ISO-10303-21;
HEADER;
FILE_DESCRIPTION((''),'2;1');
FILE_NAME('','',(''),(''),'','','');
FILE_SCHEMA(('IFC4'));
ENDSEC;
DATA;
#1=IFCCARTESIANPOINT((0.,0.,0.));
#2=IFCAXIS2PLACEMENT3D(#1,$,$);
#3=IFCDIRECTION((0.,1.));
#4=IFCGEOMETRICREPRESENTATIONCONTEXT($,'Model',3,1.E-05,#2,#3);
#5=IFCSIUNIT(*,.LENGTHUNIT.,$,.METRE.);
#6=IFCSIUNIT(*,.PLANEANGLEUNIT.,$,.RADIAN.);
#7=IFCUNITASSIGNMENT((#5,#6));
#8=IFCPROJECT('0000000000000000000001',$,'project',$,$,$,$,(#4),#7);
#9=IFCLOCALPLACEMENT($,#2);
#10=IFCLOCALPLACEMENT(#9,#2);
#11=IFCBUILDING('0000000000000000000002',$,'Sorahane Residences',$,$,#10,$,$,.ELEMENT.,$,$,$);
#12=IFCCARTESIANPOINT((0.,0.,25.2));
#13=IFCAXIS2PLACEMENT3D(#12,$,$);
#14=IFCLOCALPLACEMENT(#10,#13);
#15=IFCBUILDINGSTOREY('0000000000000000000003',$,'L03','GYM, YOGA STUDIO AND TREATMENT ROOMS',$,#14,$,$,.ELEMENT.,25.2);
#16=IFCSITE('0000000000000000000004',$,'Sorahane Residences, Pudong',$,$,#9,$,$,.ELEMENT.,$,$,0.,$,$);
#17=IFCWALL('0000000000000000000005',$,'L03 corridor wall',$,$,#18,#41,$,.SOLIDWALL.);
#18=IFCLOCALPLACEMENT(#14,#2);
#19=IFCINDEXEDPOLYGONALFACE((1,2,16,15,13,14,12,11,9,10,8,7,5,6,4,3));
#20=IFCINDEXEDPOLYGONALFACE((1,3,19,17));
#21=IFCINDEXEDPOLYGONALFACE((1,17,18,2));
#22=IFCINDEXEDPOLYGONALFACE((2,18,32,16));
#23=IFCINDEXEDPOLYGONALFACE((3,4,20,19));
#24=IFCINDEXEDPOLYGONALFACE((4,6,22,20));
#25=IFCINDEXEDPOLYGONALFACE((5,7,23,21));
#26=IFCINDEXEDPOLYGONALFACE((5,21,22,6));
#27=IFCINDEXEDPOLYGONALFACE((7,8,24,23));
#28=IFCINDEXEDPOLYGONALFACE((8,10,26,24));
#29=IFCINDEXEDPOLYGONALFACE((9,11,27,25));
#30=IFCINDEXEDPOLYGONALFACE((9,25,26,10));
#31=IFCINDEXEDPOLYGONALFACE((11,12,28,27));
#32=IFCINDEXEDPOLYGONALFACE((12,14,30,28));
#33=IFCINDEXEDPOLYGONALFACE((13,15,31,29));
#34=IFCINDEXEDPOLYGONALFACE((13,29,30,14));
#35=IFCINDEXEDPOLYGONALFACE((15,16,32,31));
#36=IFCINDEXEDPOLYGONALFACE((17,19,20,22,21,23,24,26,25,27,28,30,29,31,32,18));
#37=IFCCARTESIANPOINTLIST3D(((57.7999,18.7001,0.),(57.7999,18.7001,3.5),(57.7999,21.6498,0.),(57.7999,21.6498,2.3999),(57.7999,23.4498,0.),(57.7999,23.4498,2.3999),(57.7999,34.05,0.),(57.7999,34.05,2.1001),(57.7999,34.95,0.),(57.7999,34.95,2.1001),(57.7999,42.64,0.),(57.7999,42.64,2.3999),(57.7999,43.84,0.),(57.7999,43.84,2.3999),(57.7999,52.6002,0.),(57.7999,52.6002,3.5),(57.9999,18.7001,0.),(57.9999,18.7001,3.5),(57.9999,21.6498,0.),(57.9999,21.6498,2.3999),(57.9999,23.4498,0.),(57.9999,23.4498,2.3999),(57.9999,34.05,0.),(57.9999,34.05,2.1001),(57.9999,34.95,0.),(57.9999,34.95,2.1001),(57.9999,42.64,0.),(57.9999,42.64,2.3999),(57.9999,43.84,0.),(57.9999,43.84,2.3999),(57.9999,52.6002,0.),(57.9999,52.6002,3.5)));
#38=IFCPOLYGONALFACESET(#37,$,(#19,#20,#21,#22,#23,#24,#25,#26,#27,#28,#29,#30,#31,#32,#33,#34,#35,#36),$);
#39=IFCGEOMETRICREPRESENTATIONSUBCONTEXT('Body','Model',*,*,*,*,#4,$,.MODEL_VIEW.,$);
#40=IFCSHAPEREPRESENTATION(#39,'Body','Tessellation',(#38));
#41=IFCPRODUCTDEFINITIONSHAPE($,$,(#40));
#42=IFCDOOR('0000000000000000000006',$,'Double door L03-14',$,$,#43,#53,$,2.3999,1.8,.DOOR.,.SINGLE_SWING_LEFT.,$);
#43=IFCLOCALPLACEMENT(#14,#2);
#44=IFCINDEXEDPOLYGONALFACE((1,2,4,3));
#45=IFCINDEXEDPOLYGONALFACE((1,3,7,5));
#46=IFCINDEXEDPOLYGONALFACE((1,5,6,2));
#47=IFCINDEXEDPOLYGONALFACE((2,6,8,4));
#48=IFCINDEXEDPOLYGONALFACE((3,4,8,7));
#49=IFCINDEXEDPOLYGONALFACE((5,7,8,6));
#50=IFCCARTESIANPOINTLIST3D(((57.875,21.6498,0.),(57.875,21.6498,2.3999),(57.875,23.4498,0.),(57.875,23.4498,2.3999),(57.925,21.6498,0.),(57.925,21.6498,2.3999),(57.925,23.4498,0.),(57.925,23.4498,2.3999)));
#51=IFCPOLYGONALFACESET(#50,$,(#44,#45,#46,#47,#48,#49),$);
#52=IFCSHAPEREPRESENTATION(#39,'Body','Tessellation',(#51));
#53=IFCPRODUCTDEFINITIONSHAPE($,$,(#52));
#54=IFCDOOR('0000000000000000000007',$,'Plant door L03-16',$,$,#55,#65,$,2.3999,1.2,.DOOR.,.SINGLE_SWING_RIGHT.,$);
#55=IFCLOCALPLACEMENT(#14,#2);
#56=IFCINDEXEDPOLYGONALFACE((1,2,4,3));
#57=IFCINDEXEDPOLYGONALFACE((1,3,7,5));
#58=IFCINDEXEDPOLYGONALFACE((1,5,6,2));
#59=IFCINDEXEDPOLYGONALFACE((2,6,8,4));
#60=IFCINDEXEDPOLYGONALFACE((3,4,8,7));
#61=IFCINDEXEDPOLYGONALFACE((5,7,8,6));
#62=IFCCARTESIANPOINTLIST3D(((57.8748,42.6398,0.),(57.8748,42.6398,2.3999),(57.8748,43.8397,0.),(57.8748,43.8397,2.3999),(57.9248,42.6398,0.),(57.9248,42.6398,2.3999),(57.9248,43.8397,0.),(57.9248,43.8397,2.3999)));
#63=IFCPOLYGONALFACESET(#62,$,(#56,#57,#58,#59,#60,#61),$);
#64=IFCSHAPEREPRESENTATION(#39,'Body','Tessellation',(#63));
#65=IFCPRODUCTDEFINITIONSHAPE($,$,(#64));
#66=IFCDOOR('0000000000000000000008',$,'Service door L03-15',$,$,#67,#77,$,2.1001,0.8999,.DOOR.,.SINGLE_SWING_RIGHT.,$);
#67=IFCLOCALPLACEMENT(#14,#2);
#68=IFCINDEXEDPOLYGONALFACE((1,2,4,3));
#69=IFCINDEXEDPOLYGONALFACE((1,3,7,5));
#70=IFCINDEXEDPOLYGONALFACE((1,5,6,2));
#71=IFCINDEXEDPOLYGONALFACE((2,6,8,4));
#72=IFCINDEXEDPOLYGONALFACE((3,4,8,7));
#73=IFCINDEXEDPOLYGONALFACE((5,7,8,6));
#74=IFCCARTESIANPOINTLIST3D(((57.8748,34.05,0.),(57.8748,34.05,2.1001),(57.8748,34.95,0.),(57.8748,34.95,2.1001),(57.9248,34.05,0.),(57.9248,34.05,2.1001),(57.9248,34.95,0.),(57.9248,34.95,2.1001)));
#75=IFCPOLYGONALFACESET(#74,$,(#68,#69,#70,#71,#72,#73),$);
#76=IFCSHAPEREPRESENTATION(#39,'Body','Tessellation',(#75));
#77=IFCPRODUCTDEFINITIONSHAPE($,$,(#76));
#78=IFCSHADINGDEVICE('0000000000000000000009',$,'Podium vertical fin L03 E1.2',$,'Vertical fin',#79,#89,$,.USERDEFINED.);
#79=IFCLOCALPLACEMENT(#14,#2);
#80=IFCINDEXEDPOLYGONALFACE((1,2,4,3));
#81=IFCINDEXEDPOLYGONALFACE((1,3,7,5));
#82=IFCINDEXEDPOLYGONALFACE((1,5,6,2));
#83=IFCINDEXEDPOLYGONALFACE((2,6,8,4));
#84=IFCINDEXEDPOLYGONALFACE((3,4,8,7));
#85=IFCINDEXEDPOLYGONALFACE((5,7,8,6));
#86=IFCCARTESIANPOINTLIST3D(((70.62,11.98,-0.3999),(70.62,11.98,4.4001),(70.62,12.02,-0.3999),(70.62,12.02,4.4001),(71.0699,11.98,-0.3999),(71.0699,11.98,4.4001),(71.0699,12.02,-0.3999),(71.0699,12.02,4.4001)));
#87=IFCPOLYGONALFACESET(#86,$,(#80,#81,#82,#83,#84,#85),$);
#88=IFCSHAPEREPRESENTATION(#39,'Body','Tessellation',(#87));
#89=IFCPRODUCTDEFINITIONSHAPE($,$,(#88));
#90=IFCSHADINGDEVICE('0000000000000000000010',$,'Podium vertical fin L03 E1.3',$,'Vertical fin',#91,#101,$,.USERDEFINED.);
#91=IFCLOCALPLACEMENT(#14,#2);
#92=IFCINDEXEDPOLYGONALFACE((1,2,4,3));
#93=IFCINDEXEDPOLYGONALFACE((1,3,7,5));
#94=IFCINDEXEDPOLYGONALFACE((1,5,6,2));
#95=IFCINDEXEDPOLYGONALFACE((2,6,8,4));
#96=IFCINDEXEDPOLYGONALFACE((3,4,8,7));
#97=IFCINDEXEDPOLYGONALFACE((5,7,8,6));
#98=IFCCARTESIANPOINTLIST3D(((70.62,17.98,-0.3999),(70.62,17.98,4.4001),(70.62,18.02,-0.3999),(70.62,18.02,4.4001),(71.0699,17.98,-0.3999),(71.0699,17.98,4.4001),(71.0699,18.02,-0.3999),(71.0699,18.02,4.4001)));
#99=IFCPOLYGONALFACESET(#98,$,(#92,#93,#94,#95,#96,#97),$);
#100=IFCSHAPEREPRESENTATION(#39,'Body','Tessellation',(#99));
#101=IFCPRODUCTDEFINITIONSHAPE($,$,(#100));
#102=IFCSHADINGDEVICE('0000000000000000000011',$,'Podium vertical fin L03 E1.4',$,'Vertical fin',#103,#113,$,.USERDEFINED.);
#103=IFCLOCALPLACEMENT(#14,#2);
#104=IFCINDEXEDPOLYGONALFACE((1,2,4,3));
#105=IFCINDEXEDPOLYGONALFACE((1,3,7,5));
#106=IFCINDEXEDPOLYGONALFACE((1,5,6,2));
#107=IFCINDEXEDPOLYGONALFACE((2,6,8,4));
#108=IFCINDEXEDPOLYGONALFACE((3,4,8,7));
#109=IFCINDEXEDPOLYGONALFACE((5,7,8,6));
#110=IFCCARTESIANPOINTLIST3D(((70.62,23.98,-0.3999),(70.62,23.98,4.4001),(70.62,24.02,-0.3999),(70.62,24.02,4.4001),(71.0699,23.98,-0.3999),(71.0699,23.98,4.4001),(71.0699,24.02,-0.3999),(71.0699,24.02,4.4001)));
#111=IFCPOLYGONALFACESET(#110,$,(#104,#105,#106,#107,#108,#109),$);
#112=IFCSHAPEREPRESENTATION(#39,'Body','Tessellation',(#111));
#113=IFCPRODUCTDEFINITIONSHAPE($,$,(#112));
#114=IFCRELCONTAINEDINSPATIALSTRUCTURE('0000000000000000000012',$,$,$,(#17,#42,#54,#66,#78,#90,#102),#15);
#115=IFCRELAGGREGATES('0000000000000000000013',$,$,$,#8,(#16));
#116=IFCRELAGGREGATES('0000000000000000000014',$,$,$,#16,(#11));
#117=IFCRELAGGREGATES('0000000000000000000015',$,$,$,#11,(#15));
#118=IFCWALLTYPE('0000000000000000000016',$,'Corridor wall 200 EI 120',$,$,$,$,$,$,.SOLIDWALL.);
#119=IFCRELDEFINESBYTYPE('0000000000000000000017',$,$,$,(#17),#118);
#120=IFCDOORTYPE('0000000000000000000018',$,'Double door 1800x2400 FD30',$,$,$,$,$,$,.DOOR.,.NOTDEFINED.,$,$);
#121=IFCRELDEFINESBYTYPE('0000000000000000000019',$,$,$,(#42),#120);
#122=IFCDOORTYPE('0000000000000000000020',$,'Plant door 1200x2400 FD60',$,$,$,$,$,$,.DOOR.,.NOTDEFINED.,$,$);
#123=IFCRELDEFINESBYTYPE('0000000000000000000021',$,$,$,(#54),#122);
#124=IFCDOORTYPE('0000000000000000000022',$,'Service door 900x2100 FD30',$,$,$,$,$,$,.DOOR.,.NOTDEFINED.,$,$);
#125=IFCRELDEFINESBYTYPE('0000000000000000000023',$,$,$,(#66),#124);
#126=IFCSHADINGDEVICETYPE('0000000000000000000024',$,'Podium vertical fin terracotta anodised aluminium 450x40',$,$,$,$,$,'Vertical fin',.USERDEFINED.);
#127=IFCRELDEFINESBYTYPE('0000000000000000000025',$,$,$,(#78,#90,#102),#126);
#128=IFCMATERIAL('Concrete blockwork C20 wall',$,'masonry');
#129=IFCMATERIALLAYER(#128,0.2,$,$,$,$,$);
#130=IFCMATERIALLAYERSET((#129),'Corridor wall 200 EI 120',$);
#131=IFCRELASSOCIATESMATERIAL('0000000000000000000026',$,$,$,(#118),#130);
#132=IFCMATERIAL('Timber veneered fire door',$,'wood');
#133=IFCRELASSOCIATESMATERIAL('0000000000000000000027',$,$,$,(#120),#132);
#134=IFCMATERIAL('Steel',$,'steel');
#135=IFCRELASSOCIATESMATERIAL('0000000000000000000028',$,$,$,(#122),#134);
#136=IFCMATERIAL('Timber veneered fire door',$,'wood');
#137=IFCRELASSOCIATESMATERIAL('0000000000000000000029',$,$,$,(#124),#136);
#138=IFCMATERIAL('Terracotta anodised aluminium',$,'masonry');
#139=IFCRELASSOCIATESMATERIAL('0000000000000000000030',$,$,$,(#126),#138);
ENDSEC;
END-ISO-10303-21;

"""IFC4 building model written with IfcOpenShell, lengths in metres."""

from ifc_helpers import new_model, si_unit, direction, frame, frame_2d, origin, origin_2d, place, context, subcontext, project, spatial, rectangle, extrude, material, layer, layer_set, material_profile, profile_set, type_object, element, fill, save


model = new_model("IFC4")

# Units and contexts
model_context = context("Model", 3, precision=1e-05, world=origin(), true_north=direction((0.0, 1.0)))
body_context = subcontext(model_context, "Body", "Model", "MODEL_VIEW")
ifc_project = project(units=[si_unit("LENGTHUNIT", "METRE"), si_unit("PLANEANGLEUNIT", "RADIAN")], contexts=[model_context])

# Site, building, storey
site_placement = place(None, origin())
site = spatial("IfcSite", under=ifc_project, at=site_placement, Name="Sorahane Residences, Pudong", CompositionType="ELEMENT", RefElevation=0.0)
building_placement = place(site_placement, origin())
building = spatial("IfcBuilding", under=site, at=building_placement, Name="Sorahane Residences", CompositionType="ELEMENT")
storey_placement = place(building_placement, frame((0.0, 0.0, 25.2)))
storey = spatial("IfcBuildingStorey", under=building, at=storey_placement, Name="L03", Description="GYM, YOGA STUDIO AND TREATMENT ROOMS", CompositionType="ELEMENT", Elevation=25.2)

# Shared definitions
ifc_material_1 = material(Name="Concrete blockwork C20 wall", Category="masonry")
ifc_layer_1 = layer(ifc_material_1, 0.2)
ifc_layer_set_1 = layer_set([ifc_layer_1], Name="Corridor wall 200 EI 120")
wall_type = type_object("IfcWallType", Name="Corridor wall 200 EI 120", PredefinedType="SOLIDWALL", material=ifc_layer_set_1)

# Wall, openings, doors
wall_1_placement = place(storey_placement, frame((57.8999, 18.7, 0.0), z_axis=(0.0, 0.0, 1.0), x_axis=(0.0, 1.0, 0.0)))
wall_1 = element("IfcWall", 1, at=wall_1_placement, inside=storey, type_object=wall_type, Name="L03 corridor wall", PredefinedType="SOLIDWALL", context=body_context, shape_type="SweptSolid", body=[
    extrude(rectangle(XDim=33.9001, YDim=0.2, at=frame_2d((16.9502, 0.0))), origin(), (0.0, 0.0, 1.0), 3.5),
])
opening_1_placement = place(wall_1_placement, frame((2.95, 0.0, 0.0)))
opening_1 = element("IfcOpeningElement", 2, at=opening_1_placement, cuts=wall_1, PredefinedType="OPENING", context=body_context, shape_type="SweptSolid", body=[
    extrude(rectangle(XDim=1.8, YDim=2.3999, at=frame_2d((0.8999, 1.2))), frame((0.0, 0.1099, 0.0), z_axis=(0.0, -1.0, 0.0), x_axis=(1.0, 0.0, 0.0)), (0.0, 0.0, 1.0), 0.22),
])
opening_2_placement = place(wall_1_placement, frame((15.3501, 0.0, 0.0)))
opening_2 = element("IfcOpeningElement", 3, at=opening_2_placement, cuts=wall_1, PredefinedType="OPENING", context=body_context, shape_type="SweptSolid", body=[
    extrude(rectangle(XDim=0.8999, YDim=2.1001, at=frame_2d((0.45, 1.05))), frame((0.0, 0.1099, 0.0), z_axis=(0.0, -1.0, 0.0), x_axis=(1.0, 0.0, 0.0)), (0.0, 0.0, 1.0), 0.22),
])
opening_3_placement = place(wall_1_placement, frame((23.9399, 0.0, 0.0)))
opening_3 = element("IfcOpeningElement", 4, at=opening_3_placement, cuts=wall_1, PredefinedType="OPENING", context=body_context, shape_type="SweptSolid", body=[
    extrude(rectangle(XDim=1.2, YDim=2.3999, at=frame_2d((0.6001, 1.2))), frame((0.0, 0.1099, 0.0), z_axis=(0.0, -1.0, 0.0), x_axis=(1.0, 0.0, 0.0)), (0.0, 0.0, 1.0), 0.22),
])
ifc_material_2 = material(Name="Timber veneered fire door", Category="wood")
door_type_1 = type_object("IfcDoorType", Name="Double door 1800x2400 FD30", OperationType="NOTDEFINED", PredefinedType="DOOR", material=ifc_material_2)
door_1_placement = place(opening_1_placement, origin())
door_1 = element("IfcDoor", 5, at=door_1_placement, inside=storey, type_object=door_type_1, Name="Double door L03-14", OperationType="SINGLE_SWING_LEFT", OverallHeight=2.3999, OverallWidth=1.8, PredefinedType="DOOR", context=body_context, shape_type="SweptSolid", body=[
    extrude(rectangle(XDim=1.8, YDim=2.3999, at=frame_2d((0.8999, 1.2))), frame((0.0, 0.0249, 0.0), z_axis=(0.0, -1.0, 0.0), x_axis=(1.0, 0.0, 0.0)), (0.0, 0.0, 1.0), 0.05),
])
fill(opening_1, door_1)
ifc_material_3 = material(Name="Steel", Category="steel")
door_type_2 = type_object("IfcDoorType", Name="Plant door 1200x2400 FD60", OperationType="NOTDEFINED", PredefinedType="DOOR", material=ifc_material_3)
door_2_placement = place(opening_3_placement, frame((1.2, 0.0, 0.0), z_axis=(0.0, 0.0, 1.0), x_axis=(-1.0, 0.0, 0.0)))
door_2 = element("IfcDoor", 6, at=door_2_placement, inside=storey, type_object=door_type_2, Name="Plant door L03-16", OperationType="SINGLE_SWING_RIGHT", OverallHeight=2.3999, OverallWidth=1.2, PredefinedType="DOOR", context=body_context, shape_type="SweptSolid", body=[
    extrude(rectangle(XDim=1.2, YDim=2.3999, at=frame_2d((0.6001, 1.2))), frame((0.0, 0.0249, 0.0), z_axis=(0.0, -1.0, 0.0), x_axis=(1.0, 0.0, 0.0)), (0.0, 0.0, 1.0), 0.05),
])
fill(opening_3, door_2)
ifc_material_4 = material(Name="Timber veneered fire door", Category="wood")
door_type_3 = type_object("IfcDoorType", Name="Service door 900x2100 FD30", OperationType="NOTDEFINED", PredefinedType="DOOR", material=ifc_material_4)
door_3_placement = place(opening_2_placement, frame((0.8999, 0.0, 0.0), z_axis=(0.0, 0.0, 1.0), x_axis=(-1.0, 0.0, 0.0)))
door_3 = element("IfcDoor", 7, at=door_3_placement, inside=storey, type_object=door_type_3, Name="Service door L03-15", OperationType="SINGLE_SWING_RIGHT", OverallHeight=2.1001, OverallWidth=0.8999, PredefinedType="DOOR", context=body_context, shape_type="SweptSolid", body=[
    extrude(rectangle(XDim=0.8999, YDim=2.1001, at=frame_2d((0.45, 1.05))), frame((0.0, 0.0249, 0.0), z_axis=(0.0, -1.0, 0.0), x_axis=(1.0, 0.0, 0.0)), (0.0, 0.0, 1.0), 0.05),
])
fill(opening_2, door_3)

# Shading devices
ifc_material_5 = material(Name="Terracotta anodised aluminium", Category="masonry")
ifc_material_profile_1 = material_profile(ifc_material_5, rectangle(XDim=0.45, YDim=0.04, at=origin_2d()), Name="Podium vertical fin terracotta anodised aluminium 450x40")
ifc_profile_set_1 = profile_set([ifc_material_profile_1], Name="Terracotta anodised aluminium")
shading_device_type = type_object("IfcShadingDeviceType", Name="Podium vertical fin terracotta anodised aluminium 450x40", ElementType="Vertical fin", PredefinedType="USERDEFINED", material=ifc_profile_set_1)
for number, where, z_axis, x_axis, name in (
    (8, (70.845, 12.0, -0.3999), (0.0, 0.0, 1.0), (1.0, 0.0, 0.0), "Podium vertical fin L03 E1.2"),
    (9, (70.845, 18.0, -0.3999), (0.0, 0.0, 1.0), (1.0, 0.0, 0.0), "Podium vertical fin L03 E1.3"),
    (10, (70.845, 24.0, -0.3999), (0.0, 0.0, 1.0), (1.0, 0.0, 0.0), "Podium vertical fin L03 E1.4"),
):
    element("IfcShadingDevice", number, at=place(storey_placement, frame(where, z_axis=z_axis, x_axis=x_axis)), inside=storey, type_object=shading_device_type, Name=name, ObjectType="Vertical fin", PredefinedType="USERDEFINED", context=body_context, shape_type="SweptSolid", body=[
        extrude(rectangle(XDim=0.45, YDim=0.04, at=origin_2d()), origin(), (0.0, 0.0, 1.0), 4.8),
    ])

save(model, "model.ifc")
